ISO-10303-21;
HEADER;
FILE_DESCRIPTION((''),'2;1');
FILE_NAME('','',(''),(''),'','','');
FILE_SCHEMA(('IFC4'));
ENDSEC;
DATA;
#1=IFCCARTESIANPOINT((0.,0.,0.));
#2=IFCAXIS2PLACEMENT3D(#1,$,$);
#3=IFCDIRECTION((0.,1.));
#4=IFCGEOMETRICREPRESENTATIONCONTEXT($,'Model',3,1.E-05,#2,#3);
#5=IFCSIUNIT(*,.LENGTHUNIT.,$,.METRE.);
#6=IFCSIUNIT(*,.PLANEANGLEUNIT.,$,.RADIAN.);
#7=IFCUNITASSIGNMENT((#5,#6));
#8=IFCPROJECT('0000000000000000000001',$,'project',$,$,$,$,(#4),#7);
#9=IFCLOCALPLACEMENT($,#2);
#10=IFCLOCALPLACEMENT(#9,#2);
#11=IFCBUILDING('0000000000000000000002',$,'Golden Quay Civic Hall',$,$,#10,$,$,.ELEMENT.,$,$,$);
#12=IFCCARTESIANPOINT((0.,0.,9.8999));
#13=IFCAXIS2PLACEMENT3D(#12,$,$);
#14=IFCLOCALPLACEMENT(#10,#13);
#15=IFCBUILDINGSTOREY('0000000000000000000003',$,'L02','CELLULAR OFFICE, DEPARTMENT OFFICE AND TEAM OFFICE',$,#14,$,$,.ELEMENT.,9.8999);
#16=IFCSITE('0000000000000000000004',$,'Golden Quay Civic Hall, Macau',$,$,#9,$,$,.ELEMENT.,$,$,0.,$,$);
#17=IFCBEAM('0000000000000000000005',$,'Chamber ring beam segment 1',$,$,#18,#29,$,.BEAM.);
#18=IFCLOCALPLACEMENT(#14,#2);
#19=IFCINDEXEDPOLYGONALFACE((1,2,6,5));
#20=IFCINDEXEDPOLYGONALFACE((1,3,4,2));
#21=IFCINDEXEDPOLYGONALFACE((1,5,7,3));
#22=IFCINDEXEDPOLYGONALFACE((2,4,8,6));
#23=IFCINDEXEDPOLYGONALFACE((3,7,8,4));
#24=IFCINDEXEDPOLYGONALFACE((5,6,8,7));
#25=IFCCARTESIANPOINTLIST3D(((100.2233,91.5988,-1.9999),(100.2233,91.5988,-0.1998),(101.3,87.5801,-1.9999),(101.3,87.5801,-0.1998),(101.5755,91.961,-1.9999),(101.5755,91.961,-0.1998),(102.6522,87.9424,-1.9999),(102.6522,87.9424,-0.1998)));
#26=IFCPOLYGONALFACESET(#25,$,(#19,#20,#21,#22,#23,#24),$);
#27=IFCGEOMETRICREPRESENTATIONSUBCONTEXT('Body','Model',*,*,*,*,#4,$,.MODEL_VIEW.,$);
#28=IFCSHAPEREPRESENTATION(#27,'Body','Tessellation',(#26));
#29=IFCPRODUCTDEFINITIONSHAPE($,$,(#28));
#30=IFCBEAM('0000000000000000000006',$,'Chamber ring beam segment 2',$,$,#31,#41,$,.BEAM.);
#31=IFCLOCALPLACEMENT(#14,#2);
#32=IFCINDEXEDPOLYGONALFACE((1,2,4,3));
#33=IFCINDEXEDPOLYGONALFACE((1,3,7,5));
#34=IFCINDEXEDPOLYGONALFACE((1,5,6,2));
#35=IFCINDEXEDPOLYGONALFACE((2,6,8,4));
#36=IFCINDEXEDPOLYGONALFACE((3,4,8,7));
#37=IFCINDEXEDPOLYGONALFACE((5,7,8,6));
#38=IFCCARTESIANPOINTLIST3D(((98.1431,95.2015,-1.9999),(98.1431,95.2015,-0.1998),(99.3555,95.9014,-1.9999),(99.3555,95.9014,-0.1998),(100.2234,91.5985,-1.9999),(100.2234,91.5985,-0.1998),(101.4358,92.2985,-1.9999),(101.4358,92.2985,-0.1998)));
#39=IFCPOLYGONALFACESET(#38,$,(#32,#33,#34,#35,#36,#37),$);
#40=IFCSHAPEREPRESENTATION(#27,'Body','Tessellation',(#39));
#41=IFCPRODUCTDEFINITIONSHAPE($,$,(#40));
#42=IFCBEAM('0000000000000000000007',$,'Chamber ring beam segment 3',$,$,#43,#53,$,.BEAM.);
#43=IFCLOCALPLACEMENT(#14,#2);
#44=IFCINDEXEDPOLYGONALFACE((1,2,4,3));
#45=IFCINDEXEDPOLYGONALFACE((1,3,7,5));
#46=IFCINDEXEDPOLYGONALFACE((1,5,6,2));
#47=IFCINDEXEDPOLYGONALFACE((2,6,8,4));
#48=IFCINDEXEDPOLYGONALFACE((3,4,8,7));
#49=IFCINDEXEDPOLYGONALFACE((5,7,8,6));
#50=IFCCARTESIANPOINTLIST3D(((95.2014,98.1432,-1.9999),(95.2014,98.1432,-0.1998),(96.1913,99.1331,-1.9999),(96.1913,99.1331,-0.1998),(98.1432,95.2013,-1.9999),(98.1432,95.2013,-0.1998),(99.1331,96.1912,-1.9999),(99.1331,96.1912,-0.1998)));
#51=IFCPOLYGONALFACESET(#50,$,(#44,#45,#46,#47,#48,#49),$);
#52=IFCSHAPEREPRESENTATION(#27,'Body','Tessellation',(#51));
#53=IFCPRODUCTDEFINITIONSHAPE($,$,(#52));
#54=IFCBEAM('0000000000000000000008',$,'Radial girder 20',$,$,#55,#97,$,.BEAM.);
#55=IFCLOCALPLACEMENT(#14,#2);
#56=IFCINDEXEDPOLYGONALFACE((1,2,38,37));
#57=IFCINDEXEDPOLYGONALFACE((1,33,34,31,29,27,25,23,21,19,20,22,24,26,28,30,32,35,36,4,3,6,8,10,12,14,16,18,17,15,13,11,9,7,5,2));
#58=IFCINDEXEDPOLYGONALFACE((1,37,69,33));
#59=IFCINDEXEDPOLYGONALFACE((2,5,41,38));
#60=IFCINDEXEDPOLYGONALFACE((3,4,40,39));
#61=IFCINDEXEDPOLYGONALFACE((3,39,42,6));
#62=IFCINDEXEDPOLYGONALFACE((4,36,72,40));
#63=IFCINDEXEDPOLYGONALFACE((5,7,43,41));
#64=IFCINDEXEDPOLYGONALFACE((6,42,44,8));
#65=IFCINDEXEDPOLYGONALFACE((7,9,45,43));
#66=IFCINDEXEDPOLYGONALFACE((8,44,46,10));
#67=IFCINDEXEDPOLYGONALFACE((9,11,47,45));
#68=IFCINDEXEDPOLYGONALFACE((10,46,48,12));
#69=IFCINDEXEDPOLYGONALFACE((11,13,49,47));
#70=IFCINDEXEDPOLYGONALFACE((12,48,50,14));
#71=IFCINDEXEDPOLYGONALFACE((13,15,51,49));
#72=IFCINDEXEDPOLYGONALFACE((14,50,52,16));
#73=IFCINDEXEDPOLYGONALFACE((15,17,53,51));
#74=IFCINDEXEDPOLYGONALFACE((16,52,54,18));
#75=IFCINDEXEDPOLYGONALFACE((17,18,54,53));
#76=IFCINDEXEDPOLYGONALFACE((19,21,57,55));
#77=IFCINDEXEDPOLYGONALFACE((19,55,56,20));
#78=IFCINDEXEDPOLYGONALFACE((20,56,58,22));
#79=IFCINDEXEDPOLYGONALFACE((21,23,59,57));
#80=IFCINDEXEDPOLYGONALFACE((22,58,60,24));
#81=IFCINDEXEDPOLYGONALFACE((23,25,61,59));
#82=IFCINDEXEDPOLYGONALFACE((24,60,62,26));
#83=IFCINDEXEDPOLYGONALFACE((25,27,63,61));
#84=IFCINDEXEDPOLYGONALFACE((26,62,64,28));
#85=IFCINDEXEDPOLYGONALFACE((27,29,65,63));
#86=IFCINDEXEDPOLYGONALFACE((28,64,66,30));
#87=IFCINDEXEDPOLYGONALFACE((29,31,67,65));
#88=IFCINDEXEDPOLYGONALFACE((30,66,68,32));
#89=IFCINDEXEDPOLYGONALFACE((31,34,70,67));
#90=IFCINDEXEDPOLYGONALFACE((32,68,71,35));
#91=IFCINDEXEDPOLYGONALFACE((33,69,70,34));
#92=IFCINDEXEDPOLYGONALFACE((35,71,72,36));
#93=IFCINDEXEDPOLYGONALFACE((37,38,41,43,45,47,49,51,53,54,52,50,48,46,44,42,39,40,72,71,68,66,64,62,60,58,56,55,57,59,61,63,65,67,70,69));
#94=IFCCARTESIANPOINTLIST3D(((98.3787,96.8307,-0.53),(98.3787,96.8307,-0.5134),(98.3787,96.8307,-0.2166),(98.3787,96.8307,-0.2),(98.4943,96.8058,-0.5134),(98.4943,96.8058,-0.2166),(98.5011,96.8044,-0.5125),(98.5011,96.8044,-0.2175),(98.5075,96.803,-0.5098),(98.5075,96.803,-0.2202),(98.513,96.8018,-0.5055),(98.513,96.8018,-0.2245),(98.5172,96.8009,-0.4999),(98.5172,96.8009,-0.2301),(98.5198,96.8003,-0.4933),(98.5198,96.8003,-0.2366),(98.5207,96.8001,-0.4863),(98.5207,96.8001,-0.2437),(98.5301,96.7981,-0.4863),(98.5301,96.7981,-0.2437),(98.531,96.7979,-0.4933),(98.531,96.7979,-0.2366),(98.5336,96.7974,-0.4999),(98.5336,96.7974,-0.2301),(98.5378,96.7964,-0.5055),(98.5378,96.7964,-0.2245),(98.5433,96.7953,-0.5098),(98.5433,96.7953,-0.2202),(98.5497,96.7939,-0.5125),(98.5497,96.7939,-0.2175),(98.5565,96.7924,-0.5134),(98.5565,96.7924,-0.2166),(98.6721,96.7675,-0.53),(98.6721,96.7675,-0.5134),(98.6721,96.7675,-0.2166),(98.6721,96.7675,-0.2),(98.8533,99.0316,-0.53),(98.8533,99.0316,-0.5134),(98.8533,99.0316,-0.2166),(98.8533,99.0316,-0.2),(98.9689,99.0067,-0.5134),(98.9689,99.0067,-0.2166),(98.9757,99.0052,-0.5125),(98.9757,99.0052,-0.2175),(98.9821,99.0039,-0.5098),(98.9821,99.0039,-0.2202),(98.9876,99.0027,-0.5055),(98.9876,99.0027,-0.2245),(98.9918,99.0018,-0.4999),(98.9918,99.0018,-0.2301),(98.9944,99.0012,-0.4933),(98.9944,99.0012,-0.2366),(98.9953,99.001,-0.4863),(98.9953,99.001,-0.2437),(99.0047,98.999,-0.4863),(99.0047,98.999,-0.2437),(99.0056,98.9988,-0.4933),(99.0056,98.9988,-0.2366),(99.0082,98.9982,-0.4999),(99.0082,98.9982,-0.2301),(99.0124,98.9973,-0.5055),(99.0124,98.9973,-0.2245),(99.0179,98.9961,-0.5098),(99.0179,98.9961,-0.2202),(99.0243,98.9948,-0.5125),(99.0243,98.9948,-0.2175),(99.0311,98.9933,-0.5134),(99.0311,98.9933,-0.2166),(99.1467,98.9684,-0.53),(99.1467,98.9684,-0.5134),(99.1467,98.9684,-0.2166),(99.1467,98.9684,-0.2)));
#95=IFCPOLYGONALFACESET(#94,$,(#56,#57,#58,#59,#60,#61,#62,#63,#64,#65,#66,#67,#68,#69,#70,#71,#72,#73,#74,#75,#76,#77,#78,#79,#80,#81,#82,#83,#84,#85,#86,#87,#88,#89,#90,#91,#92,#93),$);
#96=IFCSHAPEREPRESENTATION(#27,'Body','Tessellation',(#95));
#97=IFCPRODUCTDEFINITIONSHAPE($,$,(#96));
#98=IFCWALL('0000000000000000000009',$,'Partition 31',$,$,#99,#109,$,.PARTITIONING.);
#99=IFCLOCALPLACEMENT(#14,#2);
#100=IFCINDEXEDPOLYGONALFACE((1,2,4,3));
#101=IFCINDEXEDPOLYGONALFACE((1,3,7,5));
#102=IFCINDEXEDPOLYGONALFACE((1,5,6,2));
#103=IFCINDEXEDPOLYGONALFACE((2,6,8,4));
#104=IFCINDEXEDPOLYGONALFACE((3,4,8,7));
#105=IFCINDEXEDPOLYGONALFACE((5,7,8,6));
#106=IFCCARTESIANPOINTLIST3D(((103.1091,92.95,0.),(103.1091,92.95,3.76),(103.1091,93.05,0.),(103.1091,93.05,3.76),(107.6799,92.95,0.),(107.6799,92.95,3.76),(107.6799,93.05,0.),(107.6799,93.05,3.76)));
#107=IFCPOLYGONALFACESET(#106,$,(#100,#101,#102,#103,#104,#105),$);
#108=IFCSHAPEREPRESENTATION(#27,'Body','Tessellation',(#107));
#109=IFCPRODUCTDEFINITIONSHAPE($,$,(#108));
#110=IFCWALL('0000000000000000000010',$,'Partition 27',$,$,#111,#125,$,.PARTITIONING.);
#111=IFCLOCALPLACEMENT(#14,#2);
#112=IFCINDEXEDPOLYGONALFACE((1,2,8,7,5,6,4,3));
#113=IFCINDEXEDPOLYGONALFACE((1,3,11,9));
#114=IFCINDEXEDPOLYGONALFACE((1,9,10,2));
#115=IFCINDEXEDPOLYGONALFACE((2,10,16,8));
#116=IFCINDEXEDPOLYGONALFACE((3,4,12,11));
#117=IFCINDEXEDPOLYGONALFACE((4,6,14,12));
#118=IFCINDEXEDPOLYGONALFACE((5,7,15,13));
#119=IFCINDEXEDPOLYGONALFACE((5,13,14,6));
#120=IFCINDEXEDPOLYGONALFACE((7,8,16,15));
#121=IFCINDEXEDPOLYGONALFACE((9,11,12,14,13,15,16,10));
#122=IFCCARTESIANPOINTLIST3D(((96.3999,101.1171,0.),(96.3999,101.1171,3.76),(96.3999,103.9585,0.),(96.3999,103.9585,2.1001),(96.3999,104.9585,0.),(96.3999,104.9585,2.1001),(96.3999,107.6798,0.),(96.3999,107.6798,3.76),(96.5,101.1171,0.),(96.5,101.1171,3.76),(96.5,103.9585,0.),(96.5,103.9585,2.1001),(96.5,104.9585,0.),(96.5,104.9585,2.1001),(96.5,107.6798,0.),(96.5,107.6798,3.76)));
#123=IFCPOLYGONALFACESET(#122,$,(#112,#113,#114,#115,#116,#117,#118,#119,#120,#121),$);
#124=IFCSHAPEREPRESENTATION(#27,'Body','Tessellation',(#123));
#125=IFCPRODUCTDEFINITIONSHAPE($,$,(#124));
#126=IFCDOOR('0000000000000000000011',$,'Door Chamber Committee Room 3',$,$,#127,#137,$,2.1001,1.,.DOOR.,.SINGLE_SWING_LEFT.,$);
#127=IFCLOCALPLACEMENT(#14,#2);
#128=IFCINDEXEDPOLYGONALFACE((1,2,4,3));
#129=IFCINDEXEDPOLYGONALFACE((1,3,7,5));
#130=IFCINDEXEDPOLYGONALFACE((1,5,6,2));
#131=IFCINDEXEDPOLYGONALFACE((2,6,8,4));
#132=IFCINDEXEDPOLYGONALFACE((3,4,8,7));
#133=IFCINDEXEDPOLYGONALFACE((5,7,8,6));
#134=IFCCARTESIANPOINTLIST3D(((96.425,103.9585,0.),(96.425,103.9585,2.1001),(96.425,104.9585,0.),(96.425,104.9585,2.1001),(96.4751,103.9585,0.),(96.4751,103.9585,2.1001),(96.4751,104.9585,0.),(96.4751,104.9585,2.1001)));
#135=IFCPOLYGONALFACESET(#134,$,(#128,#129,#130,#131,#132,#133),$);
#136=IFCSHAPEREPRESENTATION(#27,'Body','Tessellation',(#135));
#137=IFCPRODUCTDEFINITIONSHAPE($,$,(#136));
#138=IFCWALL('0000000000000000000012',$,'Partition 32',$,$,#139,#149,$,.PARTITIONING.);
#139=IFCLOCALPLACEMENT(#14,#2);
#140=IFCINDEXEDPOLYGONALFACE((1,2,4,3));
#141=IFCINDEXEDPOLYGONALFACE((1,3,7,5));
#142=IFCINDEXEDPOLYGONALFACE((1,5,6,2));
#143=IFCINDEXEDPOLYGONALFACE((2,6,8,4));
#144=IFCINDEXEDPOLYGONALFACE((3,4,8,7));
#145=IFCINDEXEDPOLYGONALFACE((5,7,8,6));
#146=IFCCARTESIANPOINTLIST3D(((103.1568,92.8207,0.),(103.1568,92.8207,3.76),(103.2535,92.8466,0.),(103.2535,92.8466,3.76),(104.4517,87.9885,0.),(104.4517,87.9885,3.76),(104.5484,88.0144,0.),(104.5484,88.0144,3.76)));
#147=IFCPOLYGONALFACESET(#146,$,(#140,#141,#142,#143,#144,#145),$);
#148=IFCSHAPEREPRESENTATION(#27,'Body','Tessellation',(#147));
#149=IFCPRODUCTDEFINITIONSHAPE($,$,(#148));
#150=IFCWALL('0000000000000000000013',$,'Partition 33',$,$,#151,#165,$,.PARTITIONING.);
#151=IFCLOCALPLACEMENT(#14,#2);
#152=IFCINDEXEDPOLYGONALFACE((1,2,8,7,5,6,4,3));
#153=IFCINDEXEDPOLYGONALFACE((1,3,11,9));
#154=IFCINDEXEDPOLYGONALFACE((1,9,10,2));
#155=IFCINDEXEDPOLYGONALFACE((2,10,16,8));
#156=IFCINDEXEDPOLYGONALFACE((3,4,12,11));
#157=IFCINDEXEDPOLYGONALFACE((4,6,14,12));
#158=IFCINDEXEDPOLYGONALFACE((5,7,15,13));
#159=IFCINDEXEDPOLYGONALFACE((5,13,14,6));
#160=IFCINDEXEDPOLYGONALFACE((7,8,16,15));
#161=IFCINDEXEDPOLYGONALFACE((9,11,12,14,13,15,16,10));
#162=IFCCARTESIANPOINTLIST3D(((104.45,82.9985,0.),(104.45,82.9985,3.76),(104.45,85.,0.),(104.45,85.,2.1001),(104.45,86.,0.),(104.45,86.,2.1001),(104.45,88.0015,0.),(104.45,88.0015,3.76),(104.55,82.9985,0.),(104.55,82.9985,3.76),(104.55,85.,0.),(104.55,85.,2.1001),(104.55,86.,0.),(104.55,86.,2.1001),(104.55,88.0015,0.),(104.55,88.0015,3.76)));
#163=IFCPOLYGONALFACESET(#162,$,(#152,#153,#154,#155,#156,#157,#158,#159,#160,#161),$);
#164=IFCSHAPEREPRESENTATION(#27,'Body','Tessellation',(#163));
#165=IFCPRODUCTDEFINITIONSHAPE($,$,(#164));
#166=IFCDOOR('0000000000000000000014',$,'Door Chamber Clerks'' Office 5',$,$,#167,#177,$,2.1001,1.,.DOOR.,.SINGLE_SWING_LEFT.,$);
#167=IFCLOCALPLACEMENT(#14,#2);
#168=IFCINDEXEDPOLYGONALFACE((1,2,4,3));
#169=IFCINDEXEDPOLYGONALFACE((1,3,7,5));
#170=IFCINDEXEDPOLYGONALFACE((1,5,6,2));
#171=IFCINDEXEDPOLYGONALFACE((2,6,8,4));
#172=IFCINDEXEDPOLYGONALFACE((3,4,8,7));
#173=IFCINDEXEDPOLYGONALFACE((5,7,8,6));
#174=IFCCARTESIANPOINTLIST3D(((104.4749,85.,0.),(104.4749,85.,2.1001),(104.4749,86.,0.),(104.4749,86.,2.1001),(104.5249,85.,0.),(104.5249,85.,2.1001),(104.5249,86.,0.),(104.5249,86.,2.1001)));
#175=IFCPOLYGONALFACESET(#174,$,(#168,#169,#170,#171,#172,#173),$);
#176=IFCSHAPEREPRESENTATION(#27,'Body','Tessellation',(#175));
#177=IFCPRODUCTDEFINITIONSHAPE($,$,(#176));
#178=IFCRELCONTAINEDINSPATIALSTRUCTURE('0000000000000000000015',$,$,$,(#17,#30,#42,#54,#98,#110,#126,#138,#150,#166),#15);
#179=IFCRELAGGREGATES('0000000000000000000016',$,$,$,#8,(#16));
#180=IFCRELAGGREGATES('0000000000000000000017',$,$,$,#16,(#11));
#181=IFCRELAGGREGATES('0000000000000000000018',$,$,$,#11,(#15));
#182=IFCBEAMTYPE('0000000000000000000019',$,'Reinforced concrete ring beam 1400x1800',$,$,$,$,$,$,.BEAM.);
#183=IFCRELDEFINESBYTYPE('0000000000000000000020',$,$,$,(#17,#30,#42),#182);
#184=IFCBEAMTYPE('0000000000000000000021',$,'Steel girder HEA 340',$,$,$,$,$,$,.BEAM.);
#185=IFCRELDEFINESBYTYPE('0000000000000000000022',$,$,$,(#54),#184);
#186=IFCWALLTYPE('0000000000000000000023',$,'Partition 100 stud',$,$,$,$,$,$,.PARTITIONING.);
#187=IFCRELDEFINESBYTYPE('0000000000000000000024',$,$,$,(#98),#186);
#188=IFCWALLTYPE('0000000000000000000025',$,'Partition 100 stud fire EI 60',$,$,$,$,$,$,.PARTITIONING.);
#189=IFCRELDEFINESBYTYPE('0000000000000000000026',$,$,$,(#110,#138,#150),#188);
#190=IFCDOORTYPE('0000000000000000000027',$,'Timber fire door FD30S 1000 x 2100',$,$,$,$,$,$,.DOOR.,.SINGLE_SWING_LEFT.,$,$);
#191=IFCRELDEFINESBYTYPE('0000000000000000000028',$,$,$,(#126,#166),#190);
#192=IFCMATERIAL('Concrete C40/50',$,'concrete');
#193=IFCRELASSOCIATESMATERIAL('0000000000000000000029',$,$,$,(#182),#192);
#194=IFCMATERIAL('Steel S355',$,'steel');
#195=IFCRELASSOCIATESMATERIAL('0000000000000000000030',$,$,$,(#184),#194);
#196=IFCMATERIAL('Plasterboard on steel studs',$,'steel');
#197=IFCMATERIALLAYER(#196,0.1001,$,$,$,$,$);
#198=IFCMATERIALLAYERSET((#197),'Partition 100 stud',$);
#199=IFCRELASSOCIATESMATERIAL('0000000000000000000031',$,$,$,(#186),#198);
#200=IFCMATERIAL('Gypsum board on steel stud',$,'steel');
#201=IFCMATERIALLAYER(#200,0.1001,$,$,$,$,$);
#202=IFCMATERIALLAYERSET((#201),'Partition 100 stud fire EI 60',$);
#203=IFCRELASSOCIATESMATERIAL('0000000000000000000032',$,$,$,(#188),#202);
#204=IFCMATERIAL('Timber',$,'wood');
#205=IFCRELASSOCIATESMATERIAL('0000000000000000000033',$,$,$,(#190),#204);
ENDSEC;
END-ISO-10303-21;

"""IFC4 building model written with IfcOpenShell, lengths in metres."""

from ifc_helpers import new_model, si_unit, direction, frame, frame_2d, origin, origin_2d, place, context, subcontext, project, spatial, rectangle, i_section, extrude, material, layer, layer_set, material_profile, profile_set, type_object, element, fill, save


model = new_model("IFC4")

# Units and contexts
model_context = context("Model", 3, precision=1e-05, world=origin(), true_north=direction((0.0, 1.0)))
body_context = subcontext(model_context, "Body", "Model", "MODEL_VIEW")
ifc_project = project(units=[si_unit("LENGTHUNIT", "METRE"), si_unit("PLANEANGLEUNIT", "RADIAN")], contexts=[model_context])

# Site, building, storey
site_placement = place(None, origin())
site = spatial("IfcSite", under=ifc_project, at=site_placement, Name="Golden Quay Civic Hall, Macau", CompositionType="ELEMENT", RefElevation=0.0)
building_placement = place(site_placement, origin())
building = spatial("IfcBuilding", under=site, at=building_placement, Name="Golden Quay Civic Hall", CompositionType="ELEMENT")
storey_placement = place(building_placement, frame((0.0, 0.0, 9.8999)))
storey = spatial("IfcBuildingStorey", under=building, at=storey_placement, Name="L02", Description="CELLULAR OFFICE, DEPARTMENT OFFICE AND TEAM OFFICE", CompositionType="ELEMENT", Elevation=9.8999)

# Beams
ifc_material_1 = material(Name="Concrete C40/50", Category="concrete")
ifc_material_profile_1 = material_profile(ifc_material_1, rectangle(XDim=1.3999, YDim=1.8, at=origin_2d()), Name="RC 1400x1800")
ifc_profile_set_1 = profile_set([ifc_material_profile_1], Name="Concrete C40/50")
beam_type_1 = type_object("IfcBeamType", Name="Reinforced concrete ring beam 1400x1800", PredefinedType="BEAM", material=ifc_profile_set_1)
for number, where, z_axis, x_axis, name in (
    (1, (101.9761, 87.7612, -1.0999), (-0.258795, 0.965932, 0.0), (-0.965932, -0.258795, 0.0), "Chamber ring beam segment 1"),
    (2, (100.8296, 91.9485, -1.0999), (-0.50002, 0.866014, 0.0), (-0.866014, -0.50002, 0.0), "Chamber ring beam segment 2"),
    (3, (98.6382, 95.6963, -1.0999), (-0.707107, 0.707107, 0.0), (-0.707107, -0.707107, 0.0), "Chamber ring beam segment 3"),
):
    element("IfcBeam", number, at=place(storey_placement, frame(where, z_axis=z_axis, x_axis=x_axis)), inside=storey, type_object=beam_type_1, Name=name, PredefinedType="BEAM", context=body_context, shape_type="SweptSolid", body=[
        extrude(rectangle(XDim=1.3999, YDim=1.8, at=origin_2d()), origin(), (0.0, 0.0, 1.0), 4.1604),
    ])
ifc_material_2 = material(Name="Steel S355", Category="steel")
ifc_material_profile_2 = material_profile(ifc_material_2, i_section(OverallWidth=0.3, OverallDepth=0.3301, WebThickness=0.0095, FlangeThickness=0.0166, FilletRadius=0.0271, at=origin_2d()), Name="HEA 340")
ifc_profile_set_2 = profile_set([ifc_material_profile_2], Name="Steel S355")
beam_type_2 = type_object("IfcBeamType", Name="Steel girder HEA 340", PredefinedType="BEAM", material=ifc_profile_set_2)
beam_placement = place(storey_placement, frame((99.0, 99.0, -0.365), z_axis=(-0.210795, -0.97753, 0.0), x_axis=(0.97753, -0.210795, 0.0)))
element("IfcBeam", 4, at=beam_placement, inside=storey, type_object=beam_type_2, Name="Radial girder 20", PredefinedType="BEAM", context=body_context, shape_type="SweptSolid", body=[
    extrude(i_section(OverallWidth=0.3, OverallDepth=0.3301, WebThickness=0.0095, FlangeThickness=0.0166, FilletRadius=0.0271, at=origin_2d()), origin(), (0.0, 0.0, 1.0), 2.2515),
])

# Wall
ifc_material_3 = material(Name="Plasterboard on steel studs", Category="steel")
ifc_layer_1 = layer(ifc_material_3, 0.1001)
ifc_layer_set_1 = layer_set([ifc_layer_1], Name="Partition 100 stud")
wall_type_1 = type_object("IfcWallType", Name="Partition 100 stud", PredefinedType="PARTITIONING", material=ifc_layer_set_1)
wall_1_placement = place(storey_placement, frame((107.6799, 93.0, 0.0), z_axis=(0.0, 0.0, 1.0), x_axis=(-1.0, 0.0, 0.0)))
element("IfcWall", 5, at=wall_1_placement, inside=storey, type_object=wall_type_1, Name="Partition 31", PredefinedType="PARTITIONING", context=body_context, shape_type="SweptSolid", body=[
    extrude(rectangle(XDim=4.5708, YDim=0.1001, at=frame_2d((2.2854, 0.0))), origin(), (0.0, 0.0, 1.0), 3.76),
])

# Wall, opening, door
ifc_material_4 = material(Name="Gypsum board on steel stud", Category="steel")
ifc_layer_2 = layer(ifc_material_4, 0.1001)
ifc_layer_set_2 = layer_set([ifc_layer_2], Name="Partition 100 stud fire EI 60")
wall_type_2 = type_object("IfcWallType", Name="Partition 100 stud fire EI 60", PredefinedType="PARTITIONING", material=ifc_layer_set_2)
wall_2_placement = place(storey_placement, frame((96.45, 101.1172, 0.0), z_axis=(0.0, 0.0, 1.0), x_axis=(0.0, 1.0, 0.0)))
wall_2 = element("IfcWall", 6, at=wall_2_placement, inside=storey, type_object=wall_type_2, Name="Partition 27", PredefinedType="PARTITIONING", context=body_context, shape_type="SweptSolid", body=[
    extrude(rectangle(XDim=6.5627, YDim=0.1001, at=frame_2d((3.2812, 0.0))), origin(), (0.0, 0.0, 1.0), 3.76),
])
opening_1_placement = place(wall_2_placement, frame((2.8413, 0.0, 0.0)))
opening_1 = element("IfcOpeningElement", 7, at=opening_1_placement, cuts=wall_2, PredefinedType="OPENING", context=body_context, shape_type="SweptSolid", body=[
    extrude(rectangle(XDim=1.0, YDim=2.1001, at=frame_2d((0.5, 1.05))), frame((0.0, 0.0601, 0.0), z_axis=(0.0, -1.0, 0.0), x_axis=(1.0, 0.0, 0.0)), (0.0, 0.0, 1.0), 0.1201),
])
ifc_material_5 = material(Name="Timber", Category="wood")
door_type_1 = type_object("IfcDoorType", Name="Timber fire door FD30S 1000 x 2100", OperationType="SINGLE_SWING_LEFT", PredefinedType="DOOR", material=ifc_material_5)
door_1_placement = place(opening_1_placement, origin())
door_1 = element("IfcDoor", 8, at=door_1_placement, inside=storey, type_object=door_type_1, Name="Door Chamber Committee Room 3", OperationType="SINGLE_SWING_LEFT", OverallHeight=2.1001, OverallWidth=1.0, PredefinedType="DOOR", context=body_context, shape_type="SweptSolid", body=[
    extrude(rectangle(XDim=1.0, YDim=2.1001, at=frame_2d((0.5, 1.05))), frame((0.0, 0.0249, 0.0), z_axis=(0.0, -1.0, 0.0), x_axis=(1.0, 0.0, 0.0)), (0.0, 0.0, 1.0), 0.05),
])
fill(opening_1, door_1)

# Wall
wall_3_placement = place(storey_placement, frame((103.2051, 92.8337, 0.0), z_axis=(0.0, 0.0, 1.0), x_axis=(0.258841, -0.96592, 0.0)))
element("IfcWall", 9, at=wall_3_placement, inside=storey, type_object=wall_type_2, Name="Partition 32", PredefinedType="PARTITIONING", context=body_context, shape_type="SweptSolid", body=[
    extrude(rectangle(XDim=5.0027, YDim=0.1001, at=frame_2d((2.5015, 0.0))), origin(), (0.0, 0.0, 1.0), 3.76),
])

# Wall, opening, door
wall_4_placement = place(storey_placement, frame((104.5, 88.0015, 0.0), z_axis=(0.0, 0.0, 1.0), x_axis=(0.0, -1.0, 0.0)))
wall_4 = element("IfcWall", 10, at=wall_4_placement, inside=storey, type_object=wall_type_2, Name="Partition 33", PredefinedType="PARTITIONING", context=body_context, shape_type="SweptSolid", body=[
    extrude(rectangle(XDim=5.0029, YDim=0.1001, at=frame_2d((2.5015, 0.0))), origin(), (0.0, 0.0, 1.0), 3.76),
])
opening_2_placement = place(wall_4_placement, frame((2.0015, 0.0, 0.0)))
opening_2 = element("IfcOpeningElement", 11, at=opening_2_placement, cuts=wall_4, PredefinedType="OPENING", context=body_context, shape_type="SweptSolid", body=[
    extrude(rectangle(XDim=1.0, YDim=2.1001, at=frame_2d((0.5, 1.05))), frame((0.0, 0.0601, 0.0), z_axis=(0.0, -1.0, 0.0), x_axis=(1.0, 0.0, 0.0)), (0.0, 0.0, 1.0), 0.1201),
])
door_2_placement = place(opening_2_placement, origin())
door_2 = element("IfcDoor", 12, at=door_2_placement, inside=storey, type_object=door_type_1, Name="Door Chamber Clerks' Office 5", OperationType="SINGLE_SWING_LEFT", OverallHeight=2.1001, OverallWidth=1.0, PredefinedType="DOOR", context=body_context, shape_type="SweptSolid", body=[
    extrude(rectangle(XDim=1.0, YDim=2.1001, at=frame_2d((0.5, 1.05))), frame((0.0, 0.0249, 0.0), z_axis=(0.0, -1.0, 0.0), x_axis=(1.0, 0.0, 0.0)), (0.0, 0.0, 1.0), 0.05),
])
fill(opening_2, door_2)

save(model, "model.ifc")
